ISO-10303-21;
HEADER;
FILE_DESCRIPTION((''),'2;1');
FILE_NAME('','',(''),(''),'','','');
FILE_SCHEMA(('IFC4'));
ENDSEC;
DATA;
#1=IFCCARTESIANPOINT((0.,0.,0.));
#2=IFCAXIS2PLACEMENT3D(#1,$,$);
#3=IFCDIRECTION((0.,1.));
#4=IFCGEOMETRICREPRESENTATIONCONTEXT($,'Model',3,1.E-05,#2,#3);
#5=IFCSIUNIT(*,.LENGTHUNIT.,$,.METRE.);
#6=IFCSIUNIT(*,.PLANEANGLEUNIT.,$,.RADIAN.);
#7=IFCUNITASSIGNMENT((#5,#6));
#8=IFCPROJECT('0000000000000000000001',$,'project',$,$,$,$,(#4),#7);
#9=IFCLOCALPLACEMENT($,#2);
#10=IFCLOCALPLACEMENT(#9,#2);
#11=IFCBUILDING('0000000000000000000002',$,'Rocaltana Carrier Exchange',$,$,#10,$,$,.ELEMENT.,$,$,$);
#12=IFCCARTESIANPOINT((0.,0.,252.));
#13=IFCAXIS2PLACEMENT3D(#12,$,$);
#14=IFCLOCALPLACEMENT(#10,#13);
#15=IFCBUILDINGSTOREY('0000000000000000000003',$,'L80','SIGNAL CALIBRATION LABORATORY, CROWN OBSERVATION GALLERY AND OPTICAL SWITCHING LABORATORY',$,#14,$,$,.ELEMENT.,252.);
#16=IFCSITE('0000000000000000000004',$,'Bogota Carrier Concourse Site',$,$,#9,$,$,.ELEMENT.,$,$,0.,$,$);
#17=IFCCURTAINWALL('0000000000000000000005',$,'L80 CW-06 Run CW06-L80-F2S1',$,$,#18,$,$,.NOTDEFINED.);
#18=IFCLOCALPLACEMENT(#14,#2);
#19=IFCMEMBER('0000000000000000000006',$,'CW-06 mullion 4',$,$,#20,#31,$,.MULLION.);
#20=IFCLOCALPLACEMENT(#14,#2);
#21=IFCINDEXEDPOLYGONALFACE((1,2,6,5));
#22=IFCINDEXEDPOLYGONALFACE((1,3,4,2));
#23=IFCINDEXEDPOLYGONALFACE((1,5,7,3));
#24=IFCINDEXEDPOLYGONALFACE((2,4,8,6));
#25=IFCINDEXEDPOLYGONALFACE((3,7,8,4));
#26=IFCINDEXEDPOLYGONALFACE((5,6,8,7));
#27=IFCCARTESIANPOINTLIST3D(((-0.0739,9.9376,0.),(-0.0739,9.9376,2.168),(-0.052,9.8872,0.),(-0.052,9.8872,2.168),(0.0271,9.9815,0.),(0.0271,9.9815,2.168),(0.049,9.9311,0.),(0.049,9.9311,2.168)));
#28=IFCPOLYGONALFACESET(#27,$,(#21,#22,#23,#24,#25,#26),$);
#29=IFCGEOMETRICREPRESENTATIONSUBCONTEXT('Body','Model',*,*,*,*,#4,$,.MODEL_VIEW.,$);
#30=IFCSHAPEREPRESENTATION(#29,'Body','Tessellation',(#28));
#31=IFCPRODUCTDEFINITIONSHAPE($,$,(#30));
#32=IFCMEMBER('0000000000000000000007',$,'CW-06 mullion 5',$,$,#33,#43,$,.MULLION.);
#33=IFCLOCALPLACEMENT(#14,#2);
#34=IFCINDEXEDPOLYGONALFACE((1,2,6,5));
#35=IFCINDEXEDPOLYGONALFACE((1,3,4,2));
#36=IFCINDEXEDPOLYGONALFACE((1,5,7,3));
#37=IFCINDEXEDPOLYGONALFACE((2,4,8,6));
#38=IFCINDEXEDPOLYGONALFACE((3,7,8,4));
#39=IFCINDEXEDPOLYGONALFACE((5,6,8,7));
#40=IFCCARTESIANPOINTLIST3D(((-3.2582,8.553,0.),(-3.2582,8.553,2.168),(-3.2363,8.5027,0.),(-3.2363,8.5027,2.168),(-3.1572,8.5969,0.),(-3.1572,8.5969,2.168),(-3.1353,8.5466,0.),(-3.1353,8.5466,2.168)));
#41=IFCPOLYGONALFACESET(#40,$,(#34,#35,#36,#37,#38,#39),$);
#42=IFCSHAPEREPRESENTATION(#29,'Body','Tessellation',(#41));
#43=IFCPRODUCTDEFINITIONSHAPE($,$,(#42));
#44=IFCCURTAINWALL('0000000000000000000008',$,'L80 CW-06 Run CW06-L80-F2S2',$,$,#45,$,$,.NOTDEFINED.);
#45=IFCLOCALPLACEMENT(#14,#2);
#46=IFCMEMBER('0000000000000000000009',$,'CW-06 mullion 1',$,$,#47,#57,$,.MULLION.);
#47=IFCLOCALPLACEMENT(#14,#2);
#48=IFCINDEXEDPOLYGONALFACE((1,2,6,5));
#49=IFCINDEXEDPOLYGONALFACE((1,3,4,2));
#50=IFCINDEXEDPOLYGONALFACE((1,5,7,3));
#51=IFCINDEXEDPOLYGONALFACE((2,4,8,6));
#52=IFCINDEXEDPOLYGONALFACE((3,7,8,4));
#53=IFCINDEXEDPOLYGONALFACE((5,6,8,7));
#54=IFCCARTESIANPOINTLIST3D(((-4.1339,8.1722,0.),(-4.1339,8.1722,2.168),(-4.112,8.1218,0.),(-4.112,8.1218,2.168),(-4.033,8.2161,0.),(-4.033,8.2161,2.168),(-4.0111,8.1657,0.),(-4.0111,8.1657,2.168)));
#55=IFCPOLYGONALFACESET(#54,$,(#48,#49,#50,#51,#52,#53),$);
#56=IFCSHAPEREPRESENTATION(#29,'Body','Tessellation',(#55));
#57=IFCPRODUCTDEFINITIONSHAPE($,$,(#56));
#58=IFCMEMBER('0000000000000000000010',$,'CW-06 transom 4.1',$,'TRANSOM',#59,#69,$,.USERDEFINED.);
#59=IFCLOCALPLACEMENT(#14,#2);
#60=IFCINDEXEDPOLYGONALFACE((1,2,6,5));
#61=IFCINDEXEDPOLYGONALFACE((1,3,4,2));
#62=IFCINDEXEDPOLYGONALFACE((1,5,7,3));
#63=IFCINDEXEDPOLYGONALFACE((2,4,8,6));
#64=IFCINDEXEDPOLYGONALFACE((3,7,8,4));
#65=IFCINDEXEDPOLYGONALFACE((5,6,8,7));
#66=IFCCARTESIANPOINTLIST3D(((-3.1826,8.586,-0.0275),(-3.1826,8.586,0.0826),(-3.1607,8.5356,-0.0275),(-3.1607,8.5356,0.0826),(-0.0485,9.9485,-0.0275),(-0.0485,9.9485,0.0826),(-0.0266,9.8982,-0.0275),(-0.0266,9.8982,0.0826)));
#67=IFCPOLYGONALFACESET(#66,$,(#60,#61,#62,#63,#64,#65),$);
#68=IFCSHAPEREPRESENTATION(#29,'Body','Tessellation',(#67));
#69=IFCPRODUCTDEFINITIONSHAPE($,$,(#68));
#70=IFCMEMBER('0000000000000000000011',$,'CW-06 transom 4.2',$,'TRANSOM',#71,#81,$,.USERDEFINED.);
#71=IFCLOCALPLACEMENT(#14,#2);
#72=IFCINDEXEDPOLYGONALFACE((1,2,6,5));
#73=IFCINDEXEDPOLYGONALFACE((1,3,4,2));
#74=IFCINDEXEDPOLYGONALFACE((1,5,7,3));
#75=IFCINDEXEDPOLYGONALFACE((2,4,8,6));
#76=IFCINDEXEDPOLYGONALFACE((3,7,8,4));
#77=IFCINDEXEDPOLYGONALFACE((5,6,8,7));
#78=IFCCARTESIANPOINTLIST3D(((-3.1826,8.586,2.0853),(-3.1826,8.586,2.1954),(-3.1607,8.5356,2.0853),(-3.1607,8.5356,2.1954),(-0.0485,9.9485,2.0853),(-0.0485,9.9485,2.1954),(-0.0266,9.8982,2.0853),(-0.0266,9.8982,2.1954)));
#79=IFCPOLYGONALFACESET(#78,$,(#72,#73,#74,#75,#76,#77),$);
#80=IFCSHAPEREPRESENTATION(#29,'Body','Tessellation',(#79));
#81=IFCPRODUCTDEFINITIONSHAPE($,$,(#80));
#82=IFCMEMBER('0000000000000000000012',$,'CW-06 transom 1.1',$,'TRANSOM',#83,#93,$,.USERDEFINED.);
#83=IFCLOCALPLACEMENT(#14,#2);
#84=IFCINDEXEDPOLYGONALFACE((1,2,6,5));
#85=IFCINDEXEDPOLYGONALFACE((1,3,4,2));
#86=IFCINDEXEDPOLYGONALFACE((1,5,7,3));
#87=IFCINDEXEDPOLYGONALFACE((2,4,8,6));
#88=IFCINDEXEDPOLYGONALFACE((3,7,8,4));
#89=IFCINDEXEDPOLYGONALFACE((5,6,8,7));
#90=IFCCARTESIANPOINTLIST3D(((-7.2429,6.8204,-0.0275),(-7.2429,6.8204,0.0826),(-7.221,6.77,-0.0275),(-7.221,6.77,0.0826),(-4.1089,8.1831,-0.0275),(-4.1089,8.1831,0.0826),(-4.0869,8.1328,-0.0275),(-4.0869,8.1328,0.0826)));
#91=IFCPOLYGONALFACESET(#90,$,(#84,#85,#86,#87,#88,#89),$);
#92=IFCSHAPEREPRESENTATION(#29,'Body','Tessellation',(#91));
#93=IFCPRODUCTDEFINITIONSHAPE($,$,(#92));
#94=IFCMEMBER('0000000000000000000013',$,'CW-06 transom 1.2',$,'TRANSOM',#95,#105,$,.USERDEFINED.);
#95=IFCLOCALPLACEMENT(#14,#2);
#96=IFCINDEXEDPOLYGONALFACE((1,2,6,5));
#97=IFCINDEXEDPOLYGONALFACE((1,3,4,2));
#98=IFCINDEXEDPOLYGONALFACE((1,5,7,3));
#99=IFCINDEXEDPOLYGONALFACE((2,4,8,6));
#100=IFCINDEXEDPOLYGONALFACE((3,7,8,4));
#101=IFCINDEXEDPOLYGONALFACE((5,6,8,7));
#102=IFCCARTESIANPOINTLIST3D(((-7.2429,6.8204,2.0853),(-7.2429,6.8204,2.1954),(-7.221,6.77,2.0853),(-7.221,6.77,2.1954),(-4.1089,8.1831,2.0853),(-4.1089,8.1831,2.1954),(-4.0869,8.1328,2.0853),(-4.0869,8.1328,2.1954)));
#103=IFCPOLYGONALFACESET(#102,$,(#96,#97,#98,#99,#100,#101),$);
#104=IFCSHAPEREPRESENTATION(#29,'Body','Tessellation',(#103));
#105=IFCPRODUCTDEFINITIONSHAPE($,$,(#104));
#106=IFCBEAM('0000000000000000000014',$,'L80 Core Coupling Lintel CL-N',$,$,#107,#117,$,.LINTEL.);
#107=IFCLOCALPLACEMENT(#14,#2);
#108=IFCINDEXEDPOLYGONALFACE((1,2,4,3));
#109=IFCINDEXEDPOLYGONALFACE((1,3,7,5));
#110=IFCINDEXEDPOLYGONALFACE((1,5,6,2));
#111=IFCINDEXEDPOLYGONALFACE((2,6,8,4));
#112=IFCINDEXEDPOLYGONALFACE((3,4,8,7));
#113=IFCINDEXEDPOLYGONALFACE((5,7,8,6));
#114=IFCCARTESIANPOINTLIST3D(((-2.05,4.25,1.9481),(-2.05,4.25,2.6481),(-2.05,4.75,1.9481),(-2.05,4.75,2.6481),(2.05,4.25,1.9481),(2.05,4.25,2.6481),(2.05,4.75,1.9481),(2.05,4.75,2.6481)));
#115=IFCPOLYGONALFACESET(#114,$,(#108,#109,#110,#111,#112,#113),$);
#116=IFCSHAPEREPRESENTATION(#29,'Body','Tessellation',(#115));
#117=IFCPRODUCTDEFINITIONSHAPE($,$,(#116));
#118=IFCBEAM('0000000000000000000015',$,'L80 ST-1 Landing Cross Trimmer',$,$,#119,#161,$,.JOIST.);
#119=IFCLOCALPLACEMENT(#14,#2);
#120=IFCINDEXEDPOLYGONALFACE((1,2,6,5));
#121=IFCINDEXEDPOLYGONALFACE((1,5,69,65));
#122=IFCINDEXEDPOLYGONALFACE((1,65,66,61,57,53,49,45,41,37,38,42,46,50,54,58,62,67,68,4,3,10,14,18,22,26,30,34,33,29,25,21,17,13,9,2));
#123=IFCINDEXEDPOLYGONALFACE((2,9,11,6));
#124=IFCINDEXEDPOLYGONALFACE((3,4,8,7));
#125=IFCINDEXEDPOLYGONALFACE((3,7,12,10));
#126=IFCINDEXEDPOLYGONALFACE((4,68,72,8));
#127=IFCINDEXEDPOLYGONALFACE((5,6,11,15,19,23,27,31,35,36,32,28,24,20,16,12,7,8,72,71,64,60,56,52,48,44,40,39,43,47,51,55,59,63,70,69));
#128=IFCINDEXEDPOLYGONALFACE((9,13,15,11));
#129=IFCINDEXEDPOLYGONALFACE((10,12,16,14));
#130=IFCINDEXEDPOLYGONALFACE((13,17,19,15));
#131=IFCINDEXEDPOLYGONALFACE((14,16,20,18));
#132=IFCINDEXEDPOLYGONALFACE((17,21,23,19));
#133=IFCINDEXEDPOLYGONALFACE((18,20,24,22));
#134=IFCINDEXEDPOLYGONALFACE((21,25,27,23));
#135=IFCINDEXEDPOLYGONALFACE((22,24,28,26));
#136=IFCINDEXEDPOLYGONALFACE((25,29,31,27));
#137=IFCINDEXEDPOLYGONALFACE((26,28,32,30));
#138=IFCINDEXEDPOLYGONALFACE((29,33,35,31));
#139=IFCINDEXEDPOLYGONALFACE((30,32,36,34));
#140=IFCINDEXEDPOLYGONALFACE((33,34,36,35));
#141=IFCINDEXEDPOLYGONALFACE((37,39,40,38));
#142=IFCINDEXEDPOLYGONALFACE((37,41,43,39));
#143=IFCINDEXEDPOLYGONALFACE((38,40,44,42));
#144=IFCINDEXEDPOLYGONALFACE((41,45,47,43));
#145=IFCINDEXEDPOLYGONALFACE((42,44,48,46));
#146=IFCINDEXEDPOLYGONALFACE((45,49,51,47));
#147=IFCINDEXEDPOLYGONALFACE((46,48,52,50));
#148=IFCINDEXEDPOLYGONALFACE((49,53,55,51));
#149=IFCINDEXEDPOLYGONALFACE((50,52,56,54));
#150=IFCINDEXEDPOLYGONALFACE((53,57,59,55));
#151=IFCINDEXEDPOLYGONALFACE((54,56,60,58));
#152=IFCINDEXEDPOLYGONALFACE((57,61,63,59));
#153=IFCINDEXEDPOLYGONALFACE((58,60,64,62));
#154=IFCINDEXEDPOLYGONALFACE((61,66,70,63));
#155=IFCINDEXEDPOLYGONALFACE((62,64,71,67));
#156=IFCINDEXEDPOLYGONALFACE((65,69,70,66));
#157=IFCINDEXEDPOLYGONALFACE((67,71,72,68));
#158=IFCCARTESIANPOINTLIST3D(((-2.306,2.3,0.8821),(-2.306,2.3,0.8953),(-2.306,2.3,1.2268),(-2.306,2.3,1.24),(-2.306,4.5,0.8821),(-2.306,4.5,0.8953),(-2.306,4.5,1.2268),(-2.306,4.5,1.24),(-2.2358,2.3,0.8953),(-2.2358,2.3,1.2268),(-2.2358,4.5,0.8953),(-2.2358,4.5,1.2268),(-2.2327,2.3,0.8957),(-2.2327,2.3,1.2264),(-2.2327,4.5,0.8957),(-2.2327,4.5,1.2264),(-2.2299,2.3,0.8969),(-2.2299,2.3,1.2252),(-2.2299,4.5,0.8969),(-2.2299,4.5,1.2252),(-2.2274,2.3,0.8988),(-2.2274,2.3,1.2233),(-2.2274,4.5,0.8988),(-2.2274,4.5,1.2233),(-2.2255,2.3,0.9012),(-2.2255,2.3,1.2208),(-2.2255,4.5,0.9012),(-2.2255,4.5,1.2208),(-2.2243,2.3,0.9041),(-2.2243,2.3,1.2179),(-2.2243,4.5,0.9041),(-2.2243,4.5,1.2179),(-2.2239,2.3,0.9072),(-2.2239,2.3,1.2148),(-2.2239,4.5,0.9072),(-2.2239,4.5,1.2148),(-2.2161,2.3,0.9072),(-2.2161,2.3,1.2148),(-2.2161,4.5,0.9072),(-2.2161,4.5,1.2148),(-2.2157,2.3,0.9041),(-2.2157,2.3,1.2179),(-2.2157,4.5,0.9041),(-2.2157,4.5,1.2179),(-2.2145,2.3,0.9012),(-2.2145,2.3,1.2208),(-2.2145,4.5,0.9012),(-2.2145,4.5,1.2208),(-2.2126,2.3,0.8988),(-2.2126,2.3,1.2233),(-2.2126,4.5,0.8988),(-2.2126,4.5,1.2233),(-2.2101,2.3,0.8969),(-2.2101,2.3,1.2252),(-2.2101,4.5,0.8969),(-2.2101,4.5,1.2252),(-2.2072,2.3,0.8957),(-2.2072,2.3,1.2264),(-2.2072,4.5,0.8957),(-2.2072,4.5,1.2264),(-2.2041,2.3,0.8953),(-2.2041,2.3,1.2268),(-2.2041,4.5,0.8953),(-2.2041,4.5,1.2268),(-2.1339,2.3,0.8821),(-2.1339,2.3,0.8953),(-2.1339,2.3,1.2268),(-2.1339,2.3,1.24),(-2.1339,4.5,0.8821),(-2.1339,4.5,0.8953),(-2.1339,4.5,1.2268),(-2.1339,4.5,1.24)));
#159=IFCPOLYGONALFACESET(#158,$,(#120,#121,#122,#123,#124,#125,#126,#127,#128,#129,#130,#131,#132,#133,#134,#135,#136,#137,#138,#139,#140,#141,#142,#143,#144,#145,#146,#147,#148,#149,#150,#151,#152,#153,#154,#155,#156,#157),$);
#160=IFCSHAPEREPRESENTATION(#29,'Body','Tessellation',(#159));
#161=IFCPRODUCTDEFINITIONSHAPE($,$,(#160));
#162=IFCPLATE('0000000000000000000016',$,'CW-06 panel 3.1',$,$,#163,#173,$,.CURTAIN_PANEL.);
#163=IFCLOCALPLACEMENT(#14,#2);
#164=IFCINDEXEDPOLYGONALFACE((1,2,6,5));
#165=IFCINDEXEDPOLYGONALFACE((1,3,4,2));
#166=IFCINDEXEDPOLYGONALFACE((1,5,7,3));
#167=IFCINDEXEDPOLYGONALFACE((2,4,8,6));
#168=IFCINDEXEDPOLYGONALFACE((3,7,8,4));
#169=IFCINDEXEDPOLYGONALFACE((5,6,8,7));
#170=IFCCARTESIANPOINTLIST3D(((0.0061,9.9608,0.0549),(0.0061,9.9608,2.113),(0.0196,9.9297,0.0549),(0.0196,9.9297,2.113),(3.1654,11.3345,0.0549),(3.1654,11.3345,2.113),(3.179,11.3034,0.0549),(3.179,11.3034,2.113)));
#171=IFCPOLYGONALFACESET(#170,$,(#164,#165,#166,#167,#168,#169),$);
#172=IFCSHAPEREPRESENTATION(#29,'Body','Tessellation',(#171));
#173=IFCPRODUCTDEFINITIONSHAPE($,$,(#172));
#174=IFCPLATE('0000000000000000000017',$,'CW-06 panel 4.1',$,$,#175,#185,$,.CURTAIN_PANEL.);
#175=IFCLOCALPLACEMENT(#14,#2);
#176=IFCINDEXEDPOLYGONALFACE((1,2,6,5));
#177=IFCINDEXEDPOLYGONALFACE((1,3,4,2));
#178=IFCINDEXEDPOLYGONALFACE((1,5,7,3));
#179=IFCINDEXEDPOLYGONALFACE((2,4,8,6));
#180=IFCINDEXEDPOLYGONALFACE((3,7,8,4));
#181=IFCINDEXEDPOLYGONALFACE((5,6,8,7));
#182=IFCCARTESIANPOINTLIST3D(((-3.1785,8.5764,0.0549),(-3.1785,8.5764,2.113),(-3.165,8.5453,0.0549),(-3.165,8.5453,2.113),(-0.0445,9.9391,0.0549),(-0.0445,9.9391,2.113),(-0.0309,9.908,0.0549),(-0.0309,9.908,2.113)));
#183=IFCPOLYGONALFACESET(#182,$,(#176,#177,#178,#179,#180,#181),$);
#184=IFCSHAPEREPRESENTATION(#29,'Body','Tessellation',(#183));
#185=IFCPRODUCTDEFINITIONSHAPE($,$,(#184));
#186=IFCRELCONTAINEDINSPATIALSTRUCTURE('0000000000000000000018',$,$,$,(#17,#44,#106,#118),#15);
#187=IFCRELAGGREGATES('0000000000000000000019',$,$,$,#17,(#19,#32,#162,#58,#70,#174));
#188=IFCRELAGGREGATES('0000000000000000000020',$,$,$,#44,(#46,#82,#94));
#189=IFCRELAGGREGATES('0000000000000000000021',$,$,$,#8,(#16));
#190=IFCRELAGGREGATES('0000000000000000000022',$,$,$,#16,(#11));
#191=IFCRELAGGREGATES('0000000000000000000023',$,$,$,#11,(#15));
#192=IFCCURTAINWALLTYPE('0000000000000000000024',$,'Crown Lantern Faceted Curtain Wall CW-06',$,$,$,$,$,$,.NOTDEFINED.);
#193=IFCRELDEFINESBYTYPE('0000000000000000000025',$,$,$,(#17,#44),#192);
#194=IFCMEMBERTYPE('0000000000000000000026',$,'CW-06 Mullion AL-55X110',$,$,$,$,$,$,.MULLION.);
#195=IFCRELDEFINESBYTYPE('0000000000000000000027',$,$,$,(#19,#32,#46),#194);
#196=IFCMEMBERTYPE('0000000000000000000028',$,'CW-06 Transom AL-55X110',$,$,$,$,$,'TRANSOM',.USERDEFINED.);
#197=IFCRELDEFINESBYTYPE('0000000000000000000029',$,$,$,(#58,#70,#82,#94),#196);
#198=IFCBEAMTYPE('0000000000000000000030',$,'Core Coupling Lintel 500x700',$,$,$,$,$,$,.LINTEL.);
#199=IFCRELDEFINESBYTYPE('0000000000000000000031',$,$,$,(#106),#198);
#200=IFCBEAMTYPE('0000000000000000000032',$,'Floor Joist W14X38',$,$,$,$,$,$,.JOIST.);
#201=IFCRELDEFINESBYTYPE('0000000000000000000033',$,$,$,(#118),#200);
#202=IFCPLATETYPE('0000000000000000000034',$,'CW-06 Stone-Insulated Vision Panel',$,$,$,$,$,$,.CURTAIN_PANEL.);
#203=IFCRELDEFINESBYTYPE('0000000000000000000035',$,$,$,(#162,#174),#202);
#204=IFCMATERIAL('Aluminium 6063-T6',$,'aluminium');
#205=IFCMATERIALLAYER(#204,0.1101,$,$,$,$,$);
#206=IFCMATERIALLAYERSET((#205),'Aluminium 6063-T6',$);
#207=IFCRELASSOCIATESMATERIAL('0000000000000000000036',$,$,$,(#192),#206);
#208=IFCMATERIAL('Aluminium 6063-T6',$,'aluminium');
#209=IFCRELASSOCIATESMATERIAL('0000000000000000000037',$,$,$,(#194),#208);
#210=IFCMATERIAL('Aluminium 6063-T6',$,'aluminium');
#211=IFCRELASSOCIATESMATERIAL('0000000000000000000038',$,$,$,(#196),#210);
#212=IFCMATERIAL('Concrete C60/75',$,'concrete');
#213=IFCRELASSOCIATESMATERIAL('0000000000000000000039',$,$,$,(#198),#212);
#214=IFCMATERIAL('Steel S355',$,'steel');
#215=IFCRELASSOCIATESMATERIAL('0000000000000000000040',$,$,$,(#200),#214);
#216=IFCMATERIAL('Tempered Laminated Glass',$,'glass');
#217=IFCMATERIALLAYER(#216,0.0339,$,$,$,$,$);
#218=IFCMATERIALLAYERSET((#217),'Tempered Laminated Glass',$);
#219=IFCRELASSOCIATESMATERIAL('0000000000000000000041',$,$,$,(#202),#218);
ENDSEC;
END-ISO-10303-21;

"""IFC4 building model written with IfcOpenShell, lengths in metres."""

from ifc_helpers import new_model, si_unit, direction, frame, origin, origin_2d, place, context, subcontext, project, spatial, rectangle, i_section, extrude, material, layer, layer_set, material_profile, profile_set, type_object, element, aggregate, save


model = new_model("IFC4")

# Units and contexts
model_context = context("Model", 3, precision=1e-05, world=origin(), true_north=direction((0.0, 1.0)))
body_context = subcontext(model_context, "Body", "Model", "MODEL_VIEW")
ifc_project = project(units=[si_unit("LENGTHUNIT", "METRE"), si_unit("PLANEANGLEUNIT", "RADIAN")], contexts=[model_context])

# Site, building, storey
site_placement = place(None, origin())
site = spatial("IfcSite", under=ifc_project, at=site_placement, Name="Bogota Carrier Concourse Site", CompositionType="ELEMENT", RefElevation=0.0)
building_placement = place(site_placement, origin())
building = spatial("IfcBuilding", under=site, at=building_placement, Name="Rocaltana Carrier Exchange", CompositionType="ELEMENT")
storey_placement = place(building_placement, frame((0.0, 0.0, 252.0)))
storey = spatial("IfcBuildingStorey", under=building, at=storey_placement, Name="L80", Description="SIGNAL CALIBRATION LABORATORY, CROWN OBSERVATION GALLERY AND OPTICAL SWITCHING LABORATORY", CompositionType="ELEMENT", Elevation=252.0)

# Curtain wall, members
ifc_material_1 = material(Name="Aluminium 6063-T6", Category="aluminium")
ifc_layer_1 = layer(ifc_material_1, 0.1101)
ifc_layer_set_1 = layer_set([ifc_layer_1], Name="Aluminium 6063-T6")
curtain_wall_type = type_object("IfcCurtainWallType", Name="Crown Lantern Faceted Curtain Wall CW-06", PredefinedType="NOTDEFINED", material=ifc_layer_set_1)
curtain_wall_1_placement = place(storey_placement, origin())
curtain_wall_1 = element("IfcCurtainWall", 1, at=curtain_wall_1_placement, inside=storey, type_object=curtain_wall_type, Name="L80 CW-06 Run CW06-L80-F2S1", PredefinedType="NOTDEFINED")
ifc_material_2 = material(Name="Aluminium 6063-T6", Category="aluminium")
ifc_material_profile_1 = material_profile(ifc_material_2, rectangle(XDim=0.0549, YDim=0.1101, at=origin_2d()), Name="AL-55X110")
ifc_profile_set_1 = profile_set([ifc_material_profile_1], Name="Aluminium 6063-T6")
member_type_1 = type_object("IfcMemberType", Name="CW-06 Mullion AL-55X110", PredefinedType="MULLION", material=ifc_profile_set_1)
member_1_placement = place(storey_placement, frame((-0.0125, 9.9343, 0.0), z_axis=(0.0, 0.0, 1.0), x_axis=(0.398742, -0.917063, 0.0)))
member_1 = element("IfcMember", 2, at=member_1_placement, type_object=member_type_1, Name="CW-06 mullion 4", PredefinedType="MULLION", context=body_context, shape_type="SweptSolid", body=[
    extrude(rectangle(XDim=0.0549, YDim=0.1101, at=origin_2d()), origin(), (0.0, 0.0, 1.0), 2.168),
])
member_2_placement = place(storey_placement, frame((-3.1968, 8.5498, 0.0), z_axis=(0.0, 0.0, 1.0), x_axis=(0.398742, -0.917063, 0.0)))
member_2 = element("IfcMember", 3, at=member_2_placement, type_object=member_type_1, Name="CW-06 mullion 5", PredefinedType="MULLION", context=body_context, shape_type="SweptSolid", body=[
    extrude(rectangle(XDim=0.0549, YDim=0.1101, at=origin_2d()), origin(), (0.0, 0.0, 1.0), 2.168),
])

# Curtain wall, member
curtain_wall_2_placement = place(storey_placement, origin())
curtain_wall_2 = element("IfcCurtainWall", 4, at=curtain_wall_2_placement, inside=storey, type_object=curtain_wall_type, Name="L80 CW-06 Run CW06-L80-F2S2", PredefinedType="NOTDEFINED")
member_3_placement = place(storey_placement, frame((-4.0725, 8.1689, 0.0), z_axis=(0.0, 0.0, 1.0), x_axis=(0.398748, -0.91706, 0.0)))
member_3 = element("IfcMember", 5, at=member_3_placement, type_object=member_type_1, Name="CW-06 mullion 1", PredefinedType="MULLION", context=body_context, shape_type="SweptSolid", body=[
    extrude(rectangle(XDim=0.0549, YDim=0.1101, at=origin_2d()), origin(), (0.0, 0.0, 1.0), 2.168),
])

# Members
ifc_material_3 = material(Name="Aluminium 6063-T6", Category="aluminium")
ifc_material_profile_2 = material_profile(ifc_material_3, rectangle(XDim=0.0549, YDim=0.1101, at=origin_2d()), Name="AL-55X110")
ifc_profile_set_2 = profile_set([ifc_material_profile_2], Name="Aluminium 6063-T6")
member_type_2 = type_object("IfcMemberType", Name="CW-06 Transom AL-55X110", ElementType="TRANSOM", PredefinedType="USERDEFINED", material=ifc_profile_set_2)
member_4_placement = place(storey_placement, frame((-0.0376, 9.9233, 0.0276), z_axis=(-0.917078, -0.398708, 0.0), x_axis=(0.398708, -0.917078, 0.0)))
member_4 = element("IfcMember", 6, at=member_4_placement, type_object=member_type_2, Name="CW-06 transom 4.1", ObjectType="TRANSOM", PredefinedType="USERDEFINED", context=body_context, shape_type="SweptSolid", body=[
    extrude(rectangle(XDim=0.0549, YDim=0.1101, at=origin_2d()), origin(), (0.0, 0.0, 1.0), 3.4175),
])
member_5_placement = place(storey_placement, frame((-0.0376, 9.9233, 2.1404), z_axis=(-0.917078, -0.398708, 0.0), x_axis=(0.398708, -0.917078, 0.0)))
member_5 = element("IfcMember", 7, at=member_5_placement, type_object=member_type_2, Name="CW-06 transom 4.2", ObjectType="TRANSOM", PredefinedType="USERDEFINED", context=body_context, shape_type="SweptSolid", body=[
    extrude(rectangle(XDim=0.0549, YDim=0.1101, at=origin_2d()), origin(), (0.0, 0.0, 1.0), 3.4175),
])
member_6_placement = place(storey_placement, frame((-4.0979, 8.158, 0.0276), z_axis=(-0.917052, -0.398768, 0.0), x_axis=(0.398768, -0.917052, 0.0)))
member_6 = element("IfcMember", 8, at=member_6_placement, type_object=member_type_2, Name="CW-06 transom 1.1", ObjectType="TRANSOM", PredefinedType="USERDEFINED", context=body_context, shape_type="SweptSolid", body=[
    extrude(rectangle(XDim=0.0549, YDim=0.1101, at=origin_2d()), origin(), (0.0, 0.0, 1.0), 3.4175),
])
member_7_placement = place(storey_placement, frame((-4.0979, 8.158, 2.1404), z_axis=(-0.917052, -0.398768, 0.0), x_axis=(0.398768, -0.917052, 0.0)))
member_7 = element("IfcMember", 9, at=member_7_placement, type_object=member_type_2, Name="CW-06 transom 1.2", ObjectType="TRANSOM", PredefinedType="USERDEFINED", context=body_context, shape_type="SweptSolid", body=[
    extrude(rectangle(XDim=0.0549, YDim=0.1101, at=origin_2d()), origin(), (0.0, 0.0, 1.0), 3.4175),
])

# Beams
ifc_material_4 = material(Name="Concrete C60/75", Category="concrete")
ifc_material_profile_3 = material_profile(ifc_material_4, rectangle(XDim=0.5, YDim=0.7, at=origin_2d()), Name="RC-BM-500X700")
ifc_profile_set_3 = profile_set([ifc_material_profile_3], Name="Concrete C60/75")
beam_type_1 = type_object("IfcBeamType", Name="Core Coupling Lintel 500x700", PredefinedType="LINTEL", material=ifc_profile_set_3)
beam_1_placement = place(storey_placement, frame((-2.05, 4.5, 2.2981), z_axis=(1.0, 0.0, 0.0), x_axis=(0.0, 1.0, 0.0)))
element("IfcBeam", 10, at=beam_1_placement, inside=storey, type_object=beam_type_1, Name="L80 Core Coupling Lintel CL-N", PredefinedType="LINTEL", context=body_context, shape_type="SweptSolid", body=[
    extrude(rectangle(XDim=0.5, YDim=0.7, at=origin_2d()), origin(), (0.0, 0.0, 1.0), 4.1001),
])
ifc_material_5 = material(Name="Steel S355", Category="steel")
ifc_material_profile_4 = material_profile(ifc_material_5, i_section(OverallWidth=0.1721, OverallDepth=0.3579, WebThickness=0.0078, FlangeThickness=0.0132, FilletRadius=0.012, at=origin_2d()), Name="W14X38")
ifc_profile_set_4 = profile_set([ifc_material_profile_4], Name="Steel S355")
beam_type_2 = type_object("IfcBeamType", Name="Floor Joist W14X38", PredefinedType="JOIST", material=ifc_profile_set_4)
beam_2_placement = place(storey_placement, frame((-2.22, 2.3, 1.061), z_axis=(0.0, 1.0, 0.0), x_axis=(-1.0, 0.0, 0.0)))
element("IfcBeam", 11, at=beam_2_placement, inside=storey, type_object=beam_type_2, Name="L80 ST-1 Landing Cross Trimmer", PredefinedType="JOIST", context=body_context, shape_type="SweptSolid", body=[
    extrude(i_section(OverallWidth=0.1721, OverallDepth=0.3579, WebThickness=0.0078, FlangeThickness=0.0132, FilletRadius=0.012, at=origin_2d()), origin(), (0.0, 0.0, 1.0), 2.2),
])

# Plates
ifc_material_6 = material(Name="Tempered Laminated Glass", Category="glass")
ifc_layer_2 = layer(ifc_material_6, 0.0339)
ifc_layer_set_2 = layer_set([ifc_layer_2], Name="Tempered Laminated Glass")
plate_type = type_object("IfcPlateType", Name="CW-06 Stone-Insulated Vision Panel", PredefinedType="CURTAIN_PANEL", material=ifc_layer_set_2)
plate_1_placement = place(storey_placement, frame((1.5925, 10.6321, 0.0549), z_axis=(0.0, 0.0, 1.0), x_axis=(-0.917063, -0.398742, 0.0)))
plate_1 = element("IfcPlate", 12, at=plate_1_placement, type_object=plate_type, Name="CW-06 panel 3.1", PredefinedType="CURTAIN_PANEL", context=body_context, shape_type="SweptSolid", body=[
    extrude(rectangle(XDim=3.4451, YDim=0.0339, at=origin_2d()), origin(), (0.0, 0.0, 1.0), 2.0581),
])
plate_2_placement = place(storey_placement, frame((-1.6047, 9.2422, 0.0549), z_axis=(0.0, 0.0, 1.0), x_axis=(-0.917063, -0.398742, 0.0)))
plate_2 = element("IfcPlate", 13, at=plate_2_placement, type_object=plate_type, Name="CW-06 panel 4.1", PredefinedType="CURTAIN_PANEL", context=body_context, shape_type="SweptSolid", body=[
    extrude(rectangle(XDim=3.4175, YDim=0.0339, at=origin_2d()), origin(), (0.0, 0.0, 1.0), 2.0581),
])
aggregate(curtain_wall_1, [member_1, member_2, plate_1, member_4, member_5, plate_2])
aggregate(curtain_wall_2, [member_3, member_6, member_7])

save(model, "model.ifc")
